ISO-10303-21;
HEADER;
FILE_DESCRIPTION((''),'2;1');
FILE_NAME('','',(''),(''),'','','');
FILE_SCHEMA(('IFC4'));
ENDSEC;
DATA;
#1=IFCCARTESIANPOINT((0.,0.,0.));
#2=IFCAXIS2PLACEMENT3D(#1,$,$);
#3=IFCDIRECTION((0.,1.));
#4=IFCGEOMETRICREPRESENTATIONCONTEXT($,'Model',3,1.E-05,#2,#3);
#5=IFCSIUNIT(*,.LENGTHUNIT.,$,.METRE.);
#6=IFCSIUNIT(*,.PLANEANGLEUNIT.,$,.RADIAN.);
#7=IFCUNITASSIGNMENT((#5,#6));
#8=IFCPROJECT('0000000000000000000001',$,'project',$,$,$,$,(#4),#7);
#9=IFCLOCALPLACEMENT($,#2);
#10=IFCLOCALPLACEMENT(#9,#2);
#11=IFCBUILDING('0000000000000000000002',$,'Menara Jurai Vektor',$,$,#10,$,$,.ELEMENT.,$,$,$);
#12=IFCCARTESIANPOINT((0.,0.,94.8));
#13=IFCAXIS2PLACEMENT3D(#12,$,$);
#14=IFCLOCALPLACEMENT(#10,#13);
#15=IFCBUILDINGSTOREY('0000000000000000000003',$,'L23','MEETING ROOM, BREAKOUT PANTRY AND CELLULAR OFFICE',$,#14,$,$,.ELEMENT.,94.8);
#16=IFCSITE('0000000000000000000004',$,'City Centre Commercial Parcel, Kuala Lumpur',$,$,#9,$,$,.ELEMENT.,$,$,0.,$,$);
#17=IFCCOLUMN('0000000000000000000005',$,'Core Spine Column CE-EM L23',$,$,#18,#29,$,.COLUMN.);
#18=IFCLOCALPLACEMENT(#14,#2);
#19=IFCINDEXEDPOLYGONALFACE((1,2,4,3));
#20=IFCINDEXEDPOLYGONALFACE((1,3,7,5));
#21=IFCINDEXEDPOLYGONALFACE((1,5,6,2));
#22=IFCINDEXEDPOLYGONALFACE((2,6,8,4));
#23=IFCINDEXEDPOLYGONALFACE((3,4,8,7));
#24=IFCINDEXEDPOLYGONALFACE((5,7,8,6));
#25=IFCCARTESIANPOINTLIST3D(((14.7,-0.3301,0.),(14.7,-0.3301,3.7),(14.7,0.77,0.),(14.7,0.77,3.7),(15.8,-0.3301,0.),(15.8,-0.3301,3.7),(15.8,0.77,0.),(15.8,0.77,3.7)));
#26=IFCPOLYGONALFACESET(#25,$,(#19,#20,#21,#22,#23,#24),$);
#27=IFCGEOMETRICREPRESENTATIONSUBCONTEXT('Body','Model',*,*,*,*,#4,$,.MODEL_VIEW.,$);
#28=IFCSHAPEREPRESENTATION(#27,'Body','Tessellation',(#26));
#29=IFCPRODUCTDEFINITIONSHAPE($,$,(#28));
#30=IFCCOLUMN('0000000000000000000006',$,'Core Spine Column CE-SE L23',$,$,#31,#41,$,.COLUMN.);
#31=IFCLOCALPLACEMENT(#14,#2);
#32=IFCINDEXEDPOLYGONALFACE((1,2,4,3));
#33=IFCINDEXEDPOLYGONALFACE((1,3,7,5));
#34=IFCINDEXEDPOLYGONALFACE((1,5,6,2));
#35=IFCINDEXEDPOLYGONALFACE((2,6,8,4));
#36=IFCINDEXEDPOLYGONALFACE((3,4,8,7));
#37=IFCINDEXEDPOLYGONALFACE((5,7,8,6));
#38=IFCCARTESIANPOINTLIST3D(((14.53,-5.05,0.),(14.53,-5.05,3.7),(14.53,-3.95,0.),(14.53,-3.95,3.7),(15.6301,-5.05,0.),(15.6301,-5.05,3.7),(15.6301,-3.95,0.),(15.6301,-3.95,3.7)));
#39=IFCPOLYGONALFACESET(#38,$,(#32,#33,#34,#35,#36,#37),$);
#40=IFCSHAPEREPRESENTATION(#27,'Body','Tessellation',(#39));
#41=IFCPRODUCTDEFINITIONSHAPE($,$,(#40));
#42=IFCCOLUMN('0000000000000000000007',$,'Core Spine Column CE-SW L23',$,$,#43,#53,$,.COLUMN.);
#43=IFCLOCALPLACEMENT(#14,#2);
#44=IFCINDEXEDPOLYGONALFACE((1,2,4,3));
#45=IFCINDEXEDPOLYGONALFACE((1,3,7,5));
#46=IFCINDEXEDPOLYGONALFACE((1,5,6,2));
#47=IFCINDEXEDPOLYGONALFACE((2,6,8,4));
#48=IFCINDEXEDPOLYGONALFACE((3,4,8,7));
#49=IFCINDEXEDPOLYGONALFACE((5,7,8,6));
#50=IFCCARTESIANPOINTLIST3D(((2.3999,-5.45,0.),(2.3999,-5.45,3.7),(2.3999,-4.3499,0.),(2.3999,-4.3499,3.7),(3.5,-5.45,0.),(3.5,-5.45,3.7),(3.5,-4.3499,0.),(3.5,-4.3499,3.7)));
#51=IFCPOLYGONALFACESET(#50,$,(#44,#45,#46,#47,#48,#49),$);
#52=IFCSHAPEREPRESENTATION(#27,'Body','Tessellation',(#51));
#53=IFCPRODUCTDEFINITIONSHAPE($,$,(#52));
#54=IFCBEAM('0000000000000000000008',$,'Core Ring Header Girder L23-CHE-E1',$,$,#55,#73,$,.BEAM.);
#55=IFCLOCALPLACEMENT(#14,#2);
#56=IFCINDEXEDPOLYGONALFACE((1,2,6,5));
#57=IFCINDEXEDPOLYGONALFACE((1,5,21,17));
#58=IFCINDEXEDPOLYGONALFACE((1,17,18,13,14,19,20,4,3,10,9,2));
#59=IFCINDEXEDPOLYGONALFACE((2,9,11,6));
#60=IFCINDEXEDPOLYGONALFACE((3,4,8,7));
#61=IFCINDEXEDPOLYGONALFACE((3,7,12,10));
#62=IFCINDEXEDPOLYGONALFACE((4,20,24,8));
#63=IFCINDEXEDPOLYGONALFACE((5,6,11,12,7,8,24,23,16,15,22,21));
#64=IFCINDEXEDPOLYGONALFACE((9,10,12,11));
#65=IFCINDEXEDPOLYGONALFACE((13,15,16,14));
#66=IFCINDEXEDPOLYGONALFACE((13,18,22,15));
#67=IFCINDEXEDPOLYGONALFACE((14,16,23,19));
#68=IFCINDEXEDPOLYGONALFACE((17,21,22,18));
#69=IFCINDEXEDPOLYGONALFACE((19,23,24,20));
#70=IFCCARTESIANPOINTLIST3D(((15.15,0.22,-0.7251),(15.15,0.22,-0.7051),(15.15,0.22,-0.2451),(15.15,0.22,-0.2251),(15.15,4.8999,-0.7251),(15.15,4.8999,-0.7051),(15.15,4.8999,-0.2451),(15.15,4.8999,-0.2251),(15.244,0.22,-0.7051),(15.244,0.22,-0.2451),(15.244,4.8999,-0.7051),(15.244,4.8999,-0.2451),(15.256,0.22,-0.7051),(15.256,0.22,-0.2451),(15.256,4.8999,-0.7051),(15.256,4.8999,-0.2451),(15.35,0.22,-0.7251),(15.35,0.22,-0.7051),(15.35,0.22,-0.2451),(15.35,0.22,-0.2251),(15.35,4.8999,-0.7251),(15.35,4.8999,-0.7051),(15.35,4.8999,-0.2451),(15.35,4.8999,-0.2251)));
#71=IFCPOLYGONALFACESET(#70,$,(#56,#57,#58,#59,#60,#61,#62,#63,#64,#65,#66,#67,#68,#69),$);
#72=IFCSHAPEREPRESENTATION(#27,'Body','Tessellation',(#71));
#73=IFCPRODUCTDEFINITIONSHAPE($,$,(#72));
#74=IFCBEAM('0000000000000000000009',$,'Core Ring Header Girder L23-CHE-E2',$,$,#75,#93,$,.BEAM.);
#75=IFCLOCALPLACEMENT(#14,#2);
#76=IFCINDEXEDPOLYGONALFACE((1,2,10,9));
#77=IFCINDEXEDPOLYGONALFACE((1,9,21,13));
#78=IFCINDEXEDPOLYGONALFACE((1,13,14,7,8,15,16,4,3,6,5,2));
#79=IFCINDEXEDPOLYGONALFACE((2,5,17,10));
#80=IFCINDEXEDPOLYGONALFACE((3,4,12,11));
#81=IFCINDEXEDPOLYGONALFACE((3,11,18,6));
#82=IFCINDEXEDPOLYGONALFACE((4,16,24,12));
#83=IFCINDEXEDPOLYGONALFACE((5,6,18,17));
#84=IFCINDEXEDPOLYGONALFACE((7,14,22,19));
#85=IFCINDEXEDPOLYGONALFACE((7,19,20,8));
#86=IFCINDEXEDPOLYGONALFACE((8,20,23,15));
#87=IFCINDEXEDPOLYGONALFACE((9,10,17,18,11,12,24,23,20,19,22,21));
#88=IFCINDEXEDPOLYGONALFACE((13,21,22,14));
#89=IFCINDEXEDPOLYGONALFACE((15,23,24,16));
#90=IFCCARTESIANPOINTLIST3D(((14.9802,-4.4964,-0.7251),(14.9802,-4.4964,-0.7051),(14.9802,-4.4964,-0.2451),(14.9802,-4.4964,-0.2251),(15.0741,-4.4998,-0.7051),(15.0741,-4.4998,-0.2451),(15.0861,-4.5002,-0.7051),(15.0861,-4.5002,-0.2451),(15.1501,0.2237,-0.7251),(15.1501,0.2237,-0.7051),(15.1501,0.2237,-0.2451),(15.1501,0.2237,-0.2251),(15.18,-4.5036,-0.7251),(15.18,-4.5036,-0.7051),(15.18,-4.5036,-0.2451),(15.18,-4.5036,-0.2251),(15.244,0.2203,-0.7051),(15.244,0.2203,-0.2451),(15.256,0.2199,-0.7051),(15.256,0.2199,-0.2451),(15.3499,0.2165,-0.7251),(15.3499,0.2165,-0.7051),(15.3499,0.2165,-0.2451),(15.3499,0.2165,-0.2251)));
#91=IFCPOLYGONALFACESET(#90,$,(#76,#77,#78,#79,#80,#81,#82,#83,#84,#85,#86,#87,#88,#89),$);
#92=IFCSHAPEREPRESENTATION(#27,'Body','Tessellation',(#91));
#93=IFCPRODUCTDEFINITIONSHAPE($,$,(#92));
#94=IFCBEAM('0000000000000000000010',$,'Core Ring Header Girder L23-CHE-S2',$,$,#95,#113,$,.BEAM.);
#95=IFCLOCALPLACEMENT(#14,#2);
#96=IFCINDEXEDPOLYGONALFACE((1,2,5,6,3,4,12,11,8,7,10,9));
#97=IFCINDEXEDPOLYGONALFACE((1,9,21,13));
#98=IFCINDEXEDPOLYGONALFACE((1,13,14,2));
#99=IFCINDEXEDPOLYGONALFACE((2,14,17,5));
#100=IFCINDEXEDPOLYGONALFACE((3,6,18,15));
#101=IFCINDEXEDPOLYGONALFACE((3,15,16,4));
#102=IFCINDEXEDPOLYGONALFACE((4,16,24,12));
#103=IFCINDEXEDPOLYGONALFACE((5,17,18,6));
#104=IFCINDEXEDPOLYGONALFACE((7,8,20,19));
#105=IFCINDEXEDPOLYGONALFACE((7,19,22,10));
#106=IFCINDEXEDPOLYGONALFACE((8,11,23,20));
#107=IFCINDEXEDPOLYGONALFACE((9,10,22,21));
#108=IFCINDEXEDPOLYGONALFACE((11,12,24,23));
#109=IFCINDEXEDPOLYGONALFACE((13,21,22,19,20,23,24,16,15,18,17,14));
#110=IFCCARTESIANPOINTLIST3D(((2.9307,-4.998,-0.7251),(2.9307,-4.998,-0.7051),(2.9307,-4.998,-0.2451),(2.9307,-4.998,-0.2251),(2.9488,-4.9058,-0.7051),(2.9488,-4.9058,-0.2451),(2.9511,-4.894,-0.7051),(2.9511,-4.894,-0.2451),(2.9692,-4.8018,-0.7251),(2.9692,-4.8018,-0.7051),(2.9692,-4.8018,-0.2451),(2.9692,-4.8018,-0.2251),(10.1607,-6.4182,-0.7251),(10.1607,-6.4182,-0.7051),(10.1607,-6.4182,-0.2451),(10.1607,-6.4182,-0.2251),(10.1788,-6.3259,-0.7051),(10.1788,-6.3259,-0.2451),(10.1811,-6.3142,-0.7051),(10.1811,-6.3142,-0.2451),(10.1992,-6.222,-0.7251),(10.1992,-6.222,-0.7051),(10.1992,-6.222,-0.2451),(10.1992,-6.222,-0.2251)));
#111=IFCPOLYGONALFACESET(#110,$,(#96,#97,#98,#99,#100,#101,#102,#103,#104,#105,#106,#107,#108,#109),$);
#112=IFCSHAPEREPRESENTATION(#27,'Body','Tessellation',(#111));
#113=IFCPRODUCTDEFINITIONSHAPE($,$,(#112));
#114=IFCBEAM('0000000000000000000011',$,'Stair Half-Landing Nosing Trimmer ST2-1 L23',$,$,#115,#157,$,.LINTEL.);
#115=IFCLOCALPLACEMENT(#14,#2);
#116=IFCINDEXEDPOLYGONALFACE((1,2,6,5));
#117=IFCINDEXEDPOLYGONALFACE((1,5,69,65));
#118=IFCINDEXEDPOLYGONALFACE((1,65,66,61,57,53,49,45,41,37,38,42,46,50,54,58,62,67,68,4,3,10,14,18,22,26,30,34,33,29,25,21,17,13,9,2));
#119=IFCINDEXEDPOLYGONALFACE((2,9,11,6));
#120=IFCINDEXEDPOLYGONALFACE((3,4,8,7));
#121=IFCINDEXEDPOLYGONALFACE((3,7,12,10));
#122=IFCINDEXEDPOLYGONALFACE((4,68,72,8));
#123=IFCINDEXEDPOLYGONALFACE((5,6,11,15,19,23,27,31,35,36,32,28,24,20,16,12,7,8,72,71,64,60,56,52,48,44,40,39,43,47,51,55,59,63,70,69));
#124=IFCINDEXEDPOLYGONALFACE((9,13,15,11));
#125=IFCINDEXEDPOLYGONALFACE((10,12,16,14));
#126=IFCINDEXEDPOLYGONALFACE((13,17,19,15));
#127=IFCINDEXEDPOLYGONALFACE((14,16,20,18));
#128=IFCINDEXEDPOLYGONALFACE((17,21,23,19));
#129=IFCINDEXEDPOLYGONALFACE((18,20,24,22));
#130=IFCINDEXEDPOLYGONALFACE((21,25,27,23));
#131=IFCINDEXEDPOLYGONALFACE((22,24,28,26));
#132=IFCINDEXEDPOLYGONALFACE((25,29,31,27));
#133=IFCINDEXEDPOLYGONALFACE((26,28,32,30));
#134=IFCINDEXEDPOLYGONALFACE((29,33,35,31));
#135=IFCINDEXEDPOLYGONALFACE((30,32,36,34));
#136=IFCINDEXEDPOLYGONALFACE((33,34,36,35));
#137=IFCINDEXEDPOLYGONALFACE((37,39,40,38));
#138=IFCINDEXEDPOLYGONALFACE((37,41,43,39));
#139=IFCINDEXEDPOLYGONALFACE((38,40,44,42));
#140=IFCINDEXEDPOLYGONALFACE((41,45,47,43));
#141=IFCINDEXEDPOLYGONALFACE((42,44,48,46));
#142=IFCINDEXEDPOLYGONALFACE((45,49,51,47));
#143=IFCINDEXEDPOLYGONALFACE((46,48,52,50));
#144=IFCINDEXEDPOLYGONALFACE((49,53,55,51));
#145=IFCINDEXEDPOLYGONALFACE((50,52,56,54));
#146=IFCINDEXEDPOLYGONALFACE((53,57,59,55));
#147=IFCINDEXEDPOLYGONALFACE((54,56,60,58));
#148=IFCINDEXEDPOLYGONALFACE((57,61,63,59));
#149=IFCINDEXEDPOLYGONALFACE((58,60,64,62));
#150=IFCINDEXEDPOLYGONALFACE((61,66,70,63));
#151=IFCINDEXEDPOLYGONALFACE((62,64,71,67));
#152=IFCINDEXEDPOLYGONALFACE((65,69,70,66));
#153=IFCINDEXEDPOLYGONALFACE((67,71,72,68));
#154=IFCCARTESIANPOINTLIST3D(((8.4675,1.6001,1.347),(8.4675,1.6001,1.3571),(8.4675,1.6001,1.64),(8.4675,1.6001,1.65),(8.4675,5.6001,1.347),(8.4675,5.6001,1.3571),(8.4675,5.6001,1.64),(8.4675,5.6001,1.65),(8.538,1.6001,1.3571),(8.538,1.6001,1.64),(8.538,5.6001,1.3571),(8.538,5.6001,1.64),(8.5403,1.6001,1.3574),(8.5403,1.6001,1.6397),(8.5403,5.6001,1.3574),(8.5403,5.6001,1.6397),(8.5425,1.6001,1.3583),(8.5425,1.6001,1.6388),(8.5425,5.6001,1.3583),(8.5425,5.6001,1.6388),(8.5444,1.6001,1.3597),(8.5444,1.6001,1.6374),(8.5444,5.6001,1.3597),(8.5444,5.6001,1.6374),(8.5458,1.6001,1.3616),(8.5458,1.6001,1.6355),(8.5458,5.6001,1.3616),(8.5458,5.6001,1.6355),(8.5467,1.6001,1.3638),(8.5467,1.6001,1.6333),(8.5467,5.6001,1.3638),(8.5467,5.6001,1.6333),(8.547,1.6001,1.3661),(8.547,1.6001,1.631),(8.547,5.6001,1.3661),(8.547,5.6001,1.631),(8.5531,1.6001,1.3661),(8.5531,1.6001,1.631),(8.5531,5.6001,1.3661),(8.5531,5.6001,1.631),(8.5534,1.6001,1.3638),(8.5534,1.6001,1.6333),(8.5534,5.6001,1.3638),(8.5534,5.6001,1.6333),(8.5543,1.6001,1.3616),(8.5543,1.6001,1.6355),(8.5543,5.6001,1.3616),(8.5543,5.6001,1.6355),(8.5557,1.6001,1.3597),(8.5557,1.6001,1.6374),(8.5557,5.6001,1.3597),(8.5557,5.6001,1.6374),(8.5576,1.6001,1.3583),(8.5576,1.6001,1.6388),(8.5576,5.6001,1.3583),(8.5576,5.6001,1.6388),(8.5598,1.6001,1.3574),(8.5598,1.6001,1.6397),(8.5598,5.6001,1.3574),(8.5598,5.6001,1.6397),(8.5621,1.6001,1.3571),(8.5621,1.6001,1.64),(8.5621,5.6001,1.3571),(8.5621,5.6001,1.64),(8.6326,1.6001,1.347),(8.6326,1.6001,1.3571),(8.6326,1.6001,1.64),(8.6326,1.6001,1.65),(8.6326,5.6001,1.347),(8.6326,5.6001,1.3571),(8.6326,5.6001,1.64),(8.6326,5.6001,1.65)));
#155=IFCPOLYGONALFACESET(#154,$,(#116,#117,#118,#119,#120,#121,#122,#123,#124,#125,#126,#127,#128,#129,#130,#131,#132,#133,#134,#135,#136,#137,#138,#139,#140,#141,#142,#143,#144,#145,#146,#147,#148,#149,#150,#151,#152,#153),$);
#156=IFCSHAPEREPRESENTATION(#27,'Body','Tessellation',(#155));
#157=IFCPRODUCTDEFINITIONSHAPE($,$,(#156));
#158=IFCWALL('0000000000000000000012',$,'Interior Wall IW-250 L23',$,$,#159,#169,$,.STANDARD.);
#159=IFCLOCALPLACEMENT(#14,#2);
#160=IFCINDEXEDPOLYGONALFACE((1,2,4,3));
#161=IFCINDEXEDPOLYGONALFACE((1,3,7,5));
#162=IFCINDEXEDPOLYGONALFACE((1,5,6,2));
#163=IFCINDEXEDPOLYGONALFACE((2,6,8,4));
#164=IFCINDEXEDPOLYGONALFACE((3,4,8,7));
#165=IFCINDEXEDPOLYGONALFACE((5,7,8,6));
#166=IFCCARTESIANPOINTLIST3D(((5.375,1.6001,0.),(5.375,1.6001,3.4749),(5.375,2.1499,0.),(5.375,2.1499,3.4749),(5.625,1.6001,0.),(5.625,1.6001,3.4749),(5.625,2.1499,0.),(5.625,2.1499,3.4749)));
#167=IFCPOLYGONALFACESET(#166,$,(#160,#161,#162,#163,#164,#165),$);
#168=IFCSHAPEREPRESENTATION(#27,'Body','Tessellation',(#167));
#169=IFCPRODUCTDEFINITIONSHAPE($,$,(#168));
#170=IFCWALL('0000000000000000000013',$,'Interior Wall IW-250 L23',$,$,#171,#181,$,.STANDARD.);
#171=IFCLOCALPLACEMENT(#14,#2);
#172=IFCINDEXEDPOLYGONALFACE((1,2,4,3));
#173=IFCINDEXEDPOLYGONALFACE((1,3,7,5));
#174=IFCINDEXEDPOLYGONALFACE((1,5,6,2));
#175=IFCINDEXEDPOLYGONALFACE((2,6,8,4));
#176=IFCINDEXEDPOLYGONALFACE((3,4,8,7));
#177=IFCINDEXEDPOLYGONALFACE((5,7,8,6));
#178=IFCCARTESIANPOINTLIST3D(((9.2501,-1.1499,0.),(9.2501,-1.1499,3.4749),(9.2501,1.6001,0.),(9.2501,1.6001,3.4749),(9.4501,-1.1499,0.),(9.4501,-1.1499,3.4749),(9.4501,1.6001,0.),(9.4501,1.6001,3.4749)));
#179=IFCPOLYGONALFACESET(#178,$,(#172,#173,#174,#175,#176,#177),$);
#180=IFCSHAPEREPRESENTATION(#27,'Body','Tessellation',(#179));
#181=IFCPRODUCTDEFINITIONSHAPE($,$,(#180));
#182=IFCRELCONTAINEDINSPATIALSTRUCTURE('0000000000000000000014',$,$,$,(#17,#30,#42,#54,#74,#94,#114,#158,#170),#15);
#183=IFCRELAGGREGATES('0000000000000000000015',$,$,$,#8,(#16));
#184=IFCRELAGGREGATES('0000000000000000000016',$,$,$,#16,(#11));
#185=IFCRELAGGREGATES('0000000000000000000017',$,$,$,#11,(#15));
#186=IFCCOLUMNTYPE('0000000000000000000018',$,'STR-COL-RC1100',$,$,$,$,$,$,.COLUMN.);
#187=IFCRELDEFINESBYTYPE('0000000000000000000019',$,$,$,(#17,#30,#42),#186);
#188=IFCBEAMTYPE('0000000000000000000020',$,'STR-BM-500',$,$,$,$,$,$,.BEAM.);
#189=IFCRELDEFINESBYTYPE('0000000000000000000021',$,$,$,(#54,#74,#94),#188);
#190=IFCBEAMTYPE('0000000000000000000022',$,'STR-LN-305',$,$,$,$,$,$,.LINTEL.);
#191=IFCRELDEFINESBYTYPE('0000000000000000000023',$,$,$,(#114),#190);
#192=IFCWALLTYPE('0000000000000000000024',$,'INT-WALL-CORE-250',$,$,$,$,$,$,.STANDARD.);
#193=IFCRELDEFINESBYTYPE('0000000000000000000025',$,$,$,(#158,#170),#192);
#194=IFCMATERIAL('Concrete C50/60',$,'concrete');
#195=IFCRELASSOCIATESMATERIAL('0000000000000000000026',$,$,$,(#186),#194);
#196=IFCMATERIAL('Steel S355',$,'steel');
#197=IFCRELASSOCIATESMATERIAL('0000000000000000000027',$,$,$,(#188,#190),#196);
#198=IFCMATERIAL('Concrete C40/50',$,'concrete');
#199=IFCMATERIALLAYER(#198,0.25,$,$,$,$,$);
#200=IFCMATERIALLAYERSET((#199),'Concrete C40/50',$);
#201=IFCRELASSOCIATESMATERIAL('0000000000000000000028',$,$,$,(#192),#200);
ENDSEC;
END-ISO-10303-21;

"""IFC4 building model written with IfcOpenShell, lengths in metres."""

from ifc_helpers import new_model, si_unit, direction, frame, frame_2d, origin, origin_2d, place, context, subcontext, project, spatial, rectangle, i_section, extrude, material, layer, layer_set, material_profile, profile_set, type_object, element, save


model = new_model("IFC4")

# Units and contexts
model_context = context("Model", 3, precision=1e-05, world=origin(), true_north=direction((0.0, 1.0)))
body_context = subcontext(model_context, "Body", "Model", "MODEL_VIEW")
ifc_project = project(units=[si_unit("LENGTHUNIT", "METRE"), si_unit("PLANEANGLEUNIT", "RADIAN")], contexts=[model_context])

# Site, building, storey
site_placement = place(None, origin())
site = spatial("IfcSite", under=ifc_project, at=site_placement, Name="City Centre Commercial Parcel, Kuala Lumpur", CompositionType="ELEMENT", RefElevation=0.0)
building_placement = place(site_placement, origin())
building = spatial("IfcBuilding", under=site, at=building_placement, Name="Menara Jurai Vektor", CompositionType="ELEMENT")
storey_placement = place(building_placement, frame((0.0, 0.0, 94.8)))
storey = spatial("IfcBuildingStorey", under=building, at=storey_placement, Name="L23", Description="MEETING ROOM, BREAKOUT PANTRY AND CELLULAR OFFICE", CompositionType="ELEMENT", Elevation=94.8)

# Columns
ifc_material_1 = material(Name="Concrete C50/60", Category="concrete")
ifc_material_profile_1 = material_profile(ifc_material_1, rectangle(XDim=1.1001, YDim=1.1001, at=origin_2d()), Name="RC 1100x1100")
ifc_profile_set_1 = profile_set([ifc_material_profile_1], Name="Concrete C50/60")
column_type = type_object("IfcColumnType", Name="STR-COL-RC1100", PredefinedType="COLUMN", material=ifc_profile_set_1)
for number, where, z_axis, x_axis, name in (
    (1, (15.25, 0.22, 0.0), (0.0, 0.0, 1.0), (1.0, 0.0, 0.0), "Core Spine Column CE-EM L23"),
    (2, (15.0801, -4.5, 0.0), (0.0, 0.0, 1.0), (1.0, 0.0, 0.0), "Core Spine Column CE-SE L23"),
    (3, (2.95, -4.8999, 0.0), (0.0, 0.0, 1.0), (1.0, 0.0, 0.0), "Core Spine Column CE-SW L23"),
):
    element("IfcColumn", number, at=place(storey_placement, frame(where, z_axis=z_axis, x_axis=x_axis)), inside=storey, type_object=column_type, Name=name, PredefinedType="COLUMN", context=body_context, shape_type="SweptSolid", body=[
        extrude(rectangle(XDim=1.1001, YDim=1.1001, at=origin_2d()), origin(), (0.0, 0.0, 1.0), 3.7),
    ])

# Beams
ifc_material_2 = material(Name="Steel S355", Category="steel")
ifc_material_profile_2 = material_profile(ifc_material_2, i_section(OverallWidth=0.2, OverallDepth=0.5, WebThickness=0.012, FlangeThickness=0.02, at=origin_2d()), Name="PG 500x200x96")
ifc_profile_set_2 = profile_set([ifc_material_profile_2], Name="Steel S355")
beam_type_1 = type_object("IfcBeamType", Name="STR-BM-500", PredefinedType="BEAM", material=ifc_profile_set_2)
beam_1_placement = place(storey_placement, frame((15.25, 0.22, -0.4751), z_axis=(0.0, 1.0, 0.0), x_axis=(-1.0, 0.0, 0.0)))
element("IfcBeam", 4, at=beam_1_placement, inside=storey, type_object=beam_type_1, Name="Core Ring Header Girder L23-CHE-E1", PredefinedType="BEAM", context=body_context, shape_type="SweptSolid", body=[
    extrude(i_section(OverallWidth=0.2, OverallDepth=0.5, WebThickness=0.012, FlangeThickness=0.02, at=origin_2d()), origin(), (0.0, 0.0, 1.0), 4.6799),
])
beam_2_placement = place(storey_placement, frame((15.0801, -4.5, -0.4751), z_axis=(0.035977, 0.999353, 0.0), x_axis=(-0.999353, 0.035977, 0.0)))
element("IfcBeam", 5, at=beam_2_placement, inside=storey, type_object=beam_type_1, Name="Core Ring Header Girder L23-CHE-E2", PredefinedType="BEAM", context=body_context, shape_type="SweptSolid", body=[
    extrude(i_section(OverallWidth=0.2, OverallDepth=0.5, WebThickness=0.012, FlangeThickness=0.02, at=origin_2d()), origin(), (0.0, 0.0, 1.0), 4.7231),
])
beam_3_placement = place(storey_placement, frame((2.95, -4.8999, -0.4751), z_axis=(0.981249, -0.192744, 0.0), x_axis=(0.192744, 0.981249, 0.0)))
element("IfcBeam", 6, at=beam_3_placement, inside=storey, type_object=beam_type_1, Name="Core Ring Header Girder L23-CHE-S2", PredefinedType="BEAM", context=body_context, shape_type="SweptSolid", body=[
    extrude(i_section(OverallWidth=0.2, OverallDepth=0.5, WebThickness=0.012, FlangeThickness=0.02, at=origin_2d()), origin(), (0.0, 0.0, 1.0), 7.3682),
])
ifc_material_profile_3 = material_profile(ifc_material_2, i_section(OverallWidth=0.165, OverallDepth=0.303, WebThickness=0.0061, FlangeThickness=0.01, FilletRadius=0.009, at=origin_2d()), Name="UKB 305x165x40")
ifc_profile_set_3 = profile_set([ifc_material_profile_3], Name="Steel S355")
beam_type_2 = type_object("IfcBeamType", Name="STR-LN-305", PredefinedType="LINTEL", material=ifc_profile_set_3)
beam_4_placement = place(storey_placement, frame((8.55, 1.6001, 1.4985), z_axis=(0.0, 1.0, 0.0), x_axis=(-1.0, 0.0, 0.0)))
element("IfcBeam", 7, at=beam_4_placement, inside=storey, type_object=beam_type_2, Name="Stair Half-Landing Nosing Trimmer ST2-1 L23", PredefinedType="LINTEL", context=body_context, shape_type="SweptSolid", body=[
    extrude(i_section(OverallWidth=0.165, OverallDepth=0.303, WebThickness=0.0061, FlangeThickness=0.01, FilletRadius=0.009, at=origin_2d()), origin(), (0.0, 0.0, 1.0), 4.0),
])

# Wall
ifc_material_3 = material(Name="Concrete C40/50", Category="concrete")
ifc_layer_1 = layer(ifc_material_3, 0.25)
ifc_layer_set_1 = layer_set([ifc_layer_1], Name="Concrete C40/50")
wall_type_1 = type_object("IfcWallType", Name="INT-WALL-CORE-250", PredefinedType="STANDARD", material=ifc_layer_set_1)
wall_1_placement = place(storey_placement, frame((5.5, 1.6001, 0.0), z_axis=(0.0, 0.0, 1.0), x_axis=(0.0, 1.0, 0.0)))
element("IfcWall", 8, at=wall_1_placement, inside=storey, type_object=wall_type_1, Name="Interior Wall IW-250 L23", PredefinedType="STANDARD", context=body_context, shape_type="SweptSolid", body=[
    extrude(rectangle(XDim=0.5498, YDim=0.25, at=frame_2d((0.2749, 0.0))), origin(), (0.0, 0.0, 1.0), 3.4749),
])

# Wall
wall_2_placement = place(storey_placement, frame((9.3501, -1.1499, 0.0), z_axis=(0.0, 0.0, 1.0), x_axis=(0.0, 1.0, 0.0)))
element("IfcWall", 9, at=wall_2_placement, inside=storey, type_object=wall_type_1, Name="Interior Wall IW-250 L23", PredefinedType="STANDARD", context=body_context, shape_type="SweptSolid", body=[
    extrude(rectangle(XDim=2.75, YDim=0.2, at=frame_2d((1.375, 0.0))), origin(), (0.0, 0.0, 1.0), 3.4749),
])

save(model, "model.ifc")
